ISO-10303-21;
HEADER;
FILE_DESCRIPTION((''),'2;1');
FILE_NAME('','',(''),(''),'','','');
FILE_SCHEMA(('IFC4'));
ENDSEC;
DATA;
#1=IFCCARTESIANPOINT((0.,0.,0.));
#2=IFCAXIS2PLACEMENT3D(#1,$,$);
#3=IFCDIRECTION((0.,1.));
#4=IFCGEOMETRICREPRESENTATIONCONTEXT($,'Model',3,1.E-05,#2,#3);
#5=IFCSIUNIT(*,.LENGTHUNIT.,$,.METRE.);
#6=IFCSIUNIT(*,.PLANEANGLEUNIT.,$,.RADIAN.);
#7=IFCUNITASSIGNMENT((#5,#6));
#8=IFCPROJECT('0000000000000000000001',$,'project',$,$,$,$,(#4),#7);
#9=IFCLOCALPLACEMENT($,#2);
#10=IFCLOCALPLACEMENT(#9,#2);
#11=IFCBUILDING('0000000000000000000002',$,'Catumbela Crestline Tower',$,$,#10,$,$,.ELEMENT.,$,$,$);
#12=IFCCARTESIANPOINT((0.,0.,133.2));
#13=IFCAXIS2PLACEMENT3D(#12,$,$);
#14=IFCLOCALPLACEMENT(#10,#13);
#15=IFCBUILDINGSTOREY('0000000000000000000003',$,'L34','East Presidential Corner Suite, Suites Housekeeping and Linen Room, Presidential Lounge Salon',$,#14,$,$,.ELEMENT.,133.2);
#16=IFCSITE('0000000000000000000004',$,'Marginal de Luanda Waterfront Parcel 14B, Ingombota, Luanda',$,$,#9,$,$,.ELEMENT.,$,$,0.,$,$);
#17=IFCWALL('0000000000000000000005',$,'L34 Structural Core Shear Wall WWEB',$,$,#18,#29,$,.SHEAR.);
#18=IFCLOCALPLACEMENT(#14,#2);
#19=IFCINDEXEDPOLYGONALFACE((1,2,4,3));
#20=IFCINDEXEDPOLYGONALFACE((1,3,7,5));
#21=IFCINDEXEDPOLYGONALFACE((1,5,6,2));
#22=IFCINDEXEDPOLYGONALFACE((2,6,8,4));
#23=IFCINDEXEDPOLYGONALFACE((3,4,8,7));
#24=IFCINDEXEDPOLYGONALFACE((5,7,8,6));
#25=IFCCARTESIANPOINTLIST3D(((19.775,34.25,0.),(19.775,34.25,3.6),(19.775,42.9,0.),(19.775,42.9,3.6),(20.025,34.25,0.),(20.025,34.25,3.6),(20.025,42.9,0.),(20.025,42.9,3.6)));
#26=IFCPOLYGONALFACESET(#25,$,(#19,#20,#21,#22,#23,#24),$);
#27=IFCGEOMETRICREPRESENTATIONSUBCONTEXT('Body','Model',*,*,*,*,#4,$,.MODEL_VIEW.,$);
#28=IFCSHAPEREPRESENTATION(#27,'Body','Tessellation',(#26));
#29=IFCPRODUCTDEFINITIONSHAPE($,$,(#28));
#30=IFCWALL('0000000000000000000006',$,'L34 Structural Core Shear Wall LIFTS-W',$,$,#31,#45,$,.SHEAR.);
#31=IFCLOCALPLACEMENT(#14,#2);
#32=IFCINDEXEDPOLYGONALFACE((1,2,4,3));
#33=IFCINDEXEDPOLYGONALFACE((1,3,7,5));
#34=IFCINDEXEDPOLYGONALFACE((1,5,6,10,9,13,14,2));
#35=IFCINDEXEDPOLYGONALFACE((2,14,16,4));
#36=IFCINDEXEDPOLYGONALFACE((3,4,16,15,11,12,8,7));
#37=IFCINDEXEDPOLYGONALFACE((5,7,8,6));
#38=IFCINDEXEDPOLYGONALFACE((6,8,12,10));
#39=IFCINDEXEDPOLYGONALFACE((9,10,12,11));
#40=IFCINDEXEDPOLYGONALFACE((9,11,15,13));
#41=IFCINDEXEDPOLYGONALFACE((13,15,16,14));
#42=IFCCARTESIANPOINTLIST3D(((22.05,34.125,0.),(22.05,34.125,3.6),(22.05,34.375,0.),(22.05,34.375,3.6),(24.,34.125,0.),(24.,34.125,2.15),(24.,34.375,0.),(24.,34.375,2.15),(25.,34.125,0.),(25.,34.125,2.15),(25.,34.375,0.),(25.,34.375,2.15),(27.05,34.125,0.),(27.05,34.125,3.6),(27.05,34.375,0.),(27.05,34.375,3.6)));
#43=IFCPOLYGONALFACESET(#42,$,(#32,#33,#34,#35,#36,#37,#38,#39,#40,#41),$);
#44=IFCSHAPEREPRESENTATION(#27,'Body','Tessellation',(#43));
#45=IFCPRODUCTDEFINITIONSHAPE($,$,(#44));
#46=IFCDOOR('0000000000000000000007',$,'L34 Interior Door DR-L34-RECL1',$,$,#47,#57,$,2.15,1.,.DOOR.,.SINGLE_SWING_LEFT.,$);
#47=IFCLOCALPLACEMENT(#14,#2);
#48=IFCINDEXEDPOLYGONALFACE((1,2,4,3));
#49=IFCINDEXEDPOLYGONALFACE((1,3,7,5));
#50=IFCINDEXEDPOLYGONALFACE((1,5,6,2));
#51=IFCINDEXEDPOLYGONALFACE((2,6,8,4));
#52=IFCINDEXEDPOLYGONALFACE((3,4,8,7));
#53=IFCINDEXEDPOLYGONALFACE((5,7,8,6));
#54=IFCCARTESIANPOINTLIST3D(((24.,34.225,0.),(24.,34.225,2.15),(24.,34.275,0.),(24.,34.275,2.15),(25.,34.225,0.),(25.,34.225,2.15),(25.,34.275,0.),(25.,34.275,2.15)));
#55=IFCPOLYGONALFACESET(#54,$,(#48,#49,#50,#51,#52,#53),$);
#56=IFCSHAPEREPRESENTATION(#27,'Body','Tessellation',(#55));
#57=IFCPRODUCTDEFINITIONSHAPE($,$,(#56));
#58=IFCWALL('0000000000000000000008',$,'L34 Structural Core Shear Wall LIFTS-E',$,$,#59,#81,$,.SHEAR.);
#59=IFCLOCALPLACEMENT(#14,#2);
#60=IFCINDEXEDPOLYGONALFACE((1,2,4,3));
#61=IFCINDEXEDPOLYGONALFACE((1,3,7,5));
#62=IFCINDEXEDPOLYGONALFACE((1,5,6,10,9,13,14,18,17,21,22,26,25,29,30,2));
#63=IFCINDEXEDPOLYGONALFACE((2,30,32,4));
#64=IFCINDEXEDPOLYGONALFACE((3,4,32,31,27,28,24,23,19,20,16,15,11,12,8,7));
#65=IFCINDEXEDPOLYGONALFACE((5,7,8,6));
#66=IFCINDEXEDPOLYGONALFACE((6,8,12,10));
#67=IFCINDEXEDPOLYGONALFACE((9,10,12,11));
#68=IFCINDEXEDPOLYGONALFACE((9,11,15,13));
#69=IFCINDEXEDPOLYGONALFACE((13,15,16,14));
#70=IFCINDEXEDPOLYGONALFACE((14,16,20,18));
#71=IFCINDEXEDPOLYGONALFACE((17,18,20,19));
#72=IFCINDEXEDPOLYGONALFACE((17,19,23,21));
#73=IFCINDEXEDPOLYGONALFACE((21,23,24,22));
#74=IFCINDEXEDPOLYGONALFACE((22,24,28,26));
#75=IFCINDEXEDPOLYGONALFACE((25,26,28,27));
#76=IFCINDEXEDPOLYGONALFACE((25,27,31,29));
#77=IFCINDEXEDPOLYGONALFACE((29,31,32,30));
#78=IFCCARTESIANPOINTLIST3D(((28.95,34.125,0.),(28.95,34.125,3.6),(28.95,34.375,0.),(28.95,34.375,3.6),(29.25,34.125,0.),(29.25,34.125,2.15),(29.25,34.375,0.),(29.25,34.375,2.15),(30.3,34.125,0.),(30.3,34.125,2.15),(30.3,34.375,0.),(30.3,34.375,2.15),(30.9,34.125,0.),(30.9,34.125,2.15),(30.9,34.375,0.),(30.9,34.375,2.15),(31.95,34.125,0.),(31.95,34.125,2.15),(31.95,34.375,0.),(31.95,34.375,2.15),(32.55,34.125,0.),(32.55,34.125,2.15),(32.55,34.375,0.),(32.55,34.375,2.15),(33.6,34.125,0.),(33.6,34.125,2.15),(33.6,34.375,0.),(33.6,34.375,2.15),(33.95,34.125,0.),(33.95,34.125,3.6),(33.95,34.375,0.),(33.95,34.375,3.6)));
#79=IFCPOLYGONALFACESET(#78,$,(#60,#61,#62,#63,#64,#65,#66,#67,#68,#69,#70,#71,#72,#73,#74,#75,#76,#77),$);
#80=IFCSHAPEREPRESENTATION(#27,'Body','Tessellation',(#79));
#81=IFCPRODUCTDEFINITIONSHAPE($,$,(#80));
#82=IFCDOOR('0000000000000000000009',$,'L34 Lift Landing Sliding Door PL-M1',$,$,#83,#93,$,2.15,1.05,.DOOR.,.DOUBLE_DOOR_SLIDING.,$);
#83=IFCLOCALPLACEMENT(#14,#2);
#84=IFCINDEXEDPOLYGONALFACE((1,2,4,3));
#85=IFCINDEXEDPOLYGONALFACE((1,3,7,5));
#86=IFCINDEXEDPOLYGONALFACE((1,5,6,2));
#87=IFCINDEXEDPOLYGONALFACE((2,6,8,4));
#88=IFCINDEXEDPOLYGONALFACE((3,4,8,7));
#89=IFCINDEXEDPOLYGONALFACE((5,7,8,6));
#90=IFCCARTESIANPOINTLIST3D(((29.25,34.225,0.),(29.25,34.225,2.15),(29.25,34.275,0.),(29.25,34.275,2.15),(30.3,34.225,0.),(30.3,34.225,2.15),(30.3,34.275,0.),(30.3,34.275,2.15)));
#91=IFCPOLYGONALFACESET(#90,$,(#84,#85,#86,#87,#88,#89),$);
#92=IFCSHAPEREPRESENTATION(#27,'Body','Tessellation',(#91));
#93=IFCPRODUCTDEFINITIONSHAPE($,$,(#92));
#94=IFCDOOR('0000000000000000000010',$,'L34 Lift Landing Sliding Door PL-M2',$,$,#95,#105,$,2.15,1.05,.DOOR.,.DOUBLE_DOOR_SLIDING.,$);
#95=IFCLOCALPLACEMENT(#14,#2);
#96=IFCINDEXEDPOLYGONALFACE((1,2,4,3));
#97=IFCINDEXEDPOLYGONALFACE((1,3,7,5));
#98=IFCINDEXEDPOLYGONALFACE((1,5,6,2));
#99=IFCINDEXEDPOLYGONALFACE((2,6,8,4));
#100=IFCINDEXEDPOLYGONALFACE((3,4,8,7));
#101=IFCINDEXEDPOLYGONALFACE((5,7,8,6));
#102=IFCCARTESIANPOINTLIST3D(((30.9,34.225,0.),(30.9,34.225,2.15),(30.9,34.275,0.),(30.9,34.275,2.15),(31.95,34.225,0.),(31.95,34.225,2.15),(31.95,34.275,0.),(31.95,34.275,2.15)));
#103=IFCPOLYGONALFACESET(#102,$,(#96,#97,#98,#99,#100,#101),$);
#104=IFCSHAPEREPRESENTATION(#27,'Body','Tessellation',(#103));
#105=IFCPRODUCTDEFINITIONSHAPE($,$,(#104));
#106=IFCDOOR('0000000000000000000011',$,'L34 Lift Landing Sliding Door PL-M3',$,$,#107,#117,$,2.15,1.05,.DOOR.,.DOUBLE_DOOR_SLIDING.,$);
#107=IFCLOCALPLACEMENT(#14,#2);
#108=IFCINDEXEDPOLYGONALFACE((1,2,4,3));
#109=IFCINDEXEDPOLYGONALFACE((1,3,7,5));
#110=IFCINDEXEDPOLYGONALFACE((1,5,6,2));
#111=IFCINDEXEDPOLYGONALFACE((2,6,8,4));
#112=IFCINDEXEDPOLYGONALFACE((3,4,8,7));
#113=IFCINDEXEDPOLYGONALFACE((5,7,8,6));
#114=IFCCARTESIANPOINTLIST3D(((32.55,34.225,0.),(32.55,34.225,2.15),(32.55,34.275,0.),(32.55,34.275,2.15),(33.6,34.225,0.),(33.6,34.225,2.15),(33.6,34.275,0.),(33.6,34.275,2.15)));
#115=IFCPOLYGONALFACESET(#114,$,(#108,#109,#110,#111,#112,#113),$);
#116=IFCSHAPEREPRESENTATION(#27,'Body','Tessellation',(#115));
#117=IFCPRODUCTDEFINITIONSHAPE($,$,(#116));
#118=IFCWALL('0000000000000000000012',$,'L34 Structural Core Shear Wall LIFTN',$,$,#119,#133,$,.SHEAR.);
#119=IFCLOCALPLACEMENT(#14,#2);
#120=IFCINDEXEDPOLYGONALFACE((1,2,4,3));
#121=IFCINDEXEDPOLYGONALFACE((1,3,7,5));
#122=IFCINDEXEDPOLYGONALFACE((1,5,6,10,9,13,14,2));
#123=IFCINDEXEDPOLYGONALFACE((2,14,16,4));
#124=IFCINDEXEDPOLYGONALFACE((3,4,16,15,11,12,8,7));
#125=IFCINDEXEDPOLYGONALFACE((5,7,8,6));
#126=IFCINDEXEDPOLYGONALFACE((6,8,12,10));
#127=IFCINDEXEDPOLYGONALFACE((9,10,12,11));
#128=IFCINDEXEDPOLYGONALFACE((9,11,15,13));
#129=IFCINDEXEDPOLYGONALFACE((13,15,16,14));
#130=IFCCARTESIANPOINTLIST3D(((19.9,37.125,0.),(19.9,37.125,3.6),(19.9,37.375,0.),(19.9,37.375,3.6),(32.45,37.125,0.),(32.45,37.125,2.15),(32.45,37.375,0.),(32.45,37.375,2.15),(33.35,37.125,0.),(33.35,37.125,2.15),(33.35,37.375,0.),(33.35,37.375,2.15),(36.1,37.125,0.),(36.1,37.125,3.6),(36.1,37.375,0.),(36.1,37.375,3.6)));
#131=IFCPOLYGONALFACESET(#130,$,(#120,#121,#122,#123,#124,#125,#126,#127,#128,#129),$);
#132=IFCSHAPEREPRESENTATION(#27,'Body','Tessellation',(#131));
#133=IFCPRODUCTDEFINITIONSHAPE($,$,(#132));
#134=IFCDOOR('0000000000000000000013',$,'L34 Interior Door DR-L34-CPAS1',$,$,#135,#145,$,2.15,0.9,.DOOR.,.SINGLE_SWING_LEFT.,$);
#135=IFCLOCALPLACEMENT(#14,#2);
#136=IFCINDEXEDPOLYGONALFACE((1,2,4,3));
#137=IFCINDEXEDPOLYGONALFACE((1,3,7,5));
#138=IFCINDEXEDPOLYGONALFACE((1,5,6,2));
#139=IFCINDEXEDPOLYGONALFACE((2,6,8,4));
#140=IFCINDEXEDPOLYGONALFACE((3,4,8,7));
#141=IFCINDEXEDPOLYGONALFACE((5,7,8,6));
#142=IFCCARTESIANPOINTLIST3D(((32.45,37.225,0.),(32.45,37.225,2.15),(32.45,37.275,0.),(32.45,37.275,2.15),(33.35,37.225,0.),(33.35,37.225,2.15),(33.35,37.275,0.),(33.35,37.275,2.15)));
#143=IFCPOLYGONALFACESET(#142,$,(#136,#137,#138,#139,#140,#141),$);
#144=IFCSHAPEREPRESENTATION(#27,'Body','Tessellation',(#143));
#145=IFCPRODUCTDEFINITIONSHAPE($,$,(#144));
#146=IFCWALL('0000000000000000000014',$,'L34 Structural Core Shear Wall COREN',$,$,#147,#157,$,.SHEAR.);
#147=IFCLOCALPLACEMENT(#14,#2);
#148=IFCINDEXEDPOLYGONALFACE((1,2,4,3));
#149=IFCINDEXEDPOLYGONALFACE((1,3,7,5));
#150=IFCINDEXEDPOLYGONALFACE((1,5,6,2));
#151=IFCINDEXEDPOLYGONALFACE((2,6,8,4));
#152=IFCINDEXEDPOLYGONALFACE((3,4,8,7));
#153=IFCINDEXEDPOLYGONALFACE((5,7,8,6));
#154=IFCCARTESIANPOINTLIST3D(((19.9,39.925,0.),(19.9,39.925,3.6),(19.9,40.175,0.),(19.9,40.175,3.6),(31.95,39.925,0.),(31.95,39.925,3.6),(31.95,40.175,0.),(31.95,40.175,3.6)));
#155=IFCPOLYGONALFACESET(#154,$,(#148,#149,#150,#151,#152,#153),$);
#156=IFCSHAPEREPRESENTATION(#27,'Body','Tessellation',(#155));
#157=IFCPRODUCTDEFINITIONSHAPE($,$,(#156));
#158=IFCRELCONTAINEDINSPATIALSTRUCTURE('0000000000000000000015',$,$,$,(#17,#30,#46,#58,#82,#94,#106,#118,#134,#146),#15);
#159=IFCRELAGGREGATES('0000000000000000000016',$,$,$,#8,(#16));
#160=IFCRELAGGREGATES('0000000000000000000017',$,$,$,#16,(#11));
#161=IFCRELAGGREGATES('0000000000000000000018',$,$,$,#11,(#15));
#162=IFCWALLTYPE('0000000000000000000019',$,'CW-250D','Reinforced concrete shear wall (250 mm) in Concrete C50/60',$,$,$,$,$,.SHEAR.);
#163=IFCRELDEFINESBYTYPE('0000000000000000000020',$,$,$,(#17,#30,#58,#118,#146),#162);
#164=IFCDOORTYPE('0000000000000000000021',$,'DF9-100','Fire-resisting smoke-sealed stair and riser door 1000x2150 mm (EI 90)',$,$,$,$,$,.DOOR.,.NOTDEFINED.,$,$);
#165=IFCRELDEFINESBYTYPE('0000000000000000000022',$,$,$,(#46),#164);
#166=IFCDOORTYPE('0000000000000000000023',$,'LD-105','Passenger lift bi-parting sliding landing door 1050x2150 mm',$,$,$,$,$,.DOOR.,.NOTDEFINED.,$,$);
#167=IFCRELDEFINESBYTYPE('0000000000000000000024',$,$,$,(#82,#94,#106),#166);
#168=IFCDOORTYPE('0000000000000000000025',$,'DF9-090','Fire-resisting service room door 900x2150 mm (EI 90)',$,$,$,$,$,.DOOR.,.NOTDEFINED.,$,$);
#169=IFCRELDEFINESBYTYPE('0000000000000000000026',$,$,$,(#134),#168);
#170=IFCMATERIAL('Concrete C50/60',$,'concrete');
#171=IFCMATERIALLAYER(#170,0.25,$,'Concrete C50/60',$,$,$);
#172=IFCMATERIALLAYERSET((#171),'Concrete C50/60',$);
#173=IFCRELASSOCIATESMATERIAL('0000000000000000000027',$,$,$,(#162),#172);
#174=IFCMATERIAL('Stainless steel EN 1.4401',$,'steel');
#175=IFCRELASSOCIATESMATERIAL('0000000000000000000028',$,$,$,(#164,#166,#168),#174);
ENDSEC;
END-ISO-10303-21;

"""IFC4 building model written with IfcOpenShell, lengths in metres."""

from ifc_helpers import new_model, si_unit, direction, frame, frame_2d, origin, place, context, subcontext, project, spatial, rectangle, extrude, material, layer, layer_set, type_object, element, fill, save


model = new_model("IFC4")

# Units and contexts
model_context = context("Model", 3, precision=1e-05, world=origin(), true_north=direction((0.0, 1.0)))
body_context = subcontext(model_context, "Body", "Model", "MODEL_VIEW")
ifc_project = project(units=[si_unit("LENGTHUNIT", "METRE"), si_unit("PLANEANGLEUNIT", "RADIAN")], contexts=[model_context])

# Site, building, storey
site_placement = place(None, origin())
site = spatial("IfcSite", under=ifc_project, at=site_placement, Name="Marginal de Luanda Waterfront Parcel 14B, Ingombota, Luanda", CompositionType="ELEMENT", RefElevation=0.0)
building_placement = place(site_placement, origin())
building = spatial("IfcBuilding", under=site, at=building_placement, Name="Catumbela Crestline Tower", CompositionType="ELEMENT")
storey_placement = place(building_placement, frame((0.0, 0.0, 133.2)))
storey = spatial("IfcBuildingStorey", under=building, at=storey_placement, Name="L34", Description="East Presidential Corner Suite, Suites Housekeeping and Linen Room, Presidential Lounge Salon", CompositionType="ELEMENT", Elevation=133.2)

# Wall
ifc_material_1 = material(Name="Concrete C50/60", Category="concrete")
ifc_layer_1 = layer(ifc_material_1, 0.25, Name="Concrete C50/60")
ifc_layer_set_1 = layer_set([ifc_layer_1], Name="Concrete C50/60")
wall_type_1 = type_object("IfcWallType", Name="CW-250D", Description="Reinforced concrete shear wall (250 mm) in Concrete C50/60", PredefinedType="SHEAR", material=ifc_layer_set_1)
wall_1_placement = place(storey_placement, frame((19.9, 34.25, 0.0), z_axis=(0.0, 0.0, 1.0), x_axis=(0.0, 1.0, 0.0)))
element("IfcWall", 1, at=wall_1_placement, inside=storey, type_object=wall_type_1, Name="L34 Structural Core Shear Wall WWEB", PredefinedType="SHEAR", context=body_context, shape_type="SweptSolid", body=[
    extrude(rectangle(XDim=8.65, YDim=0.25, at=frame_2d((4.325, 0.0))), origin(), (0.0, 0.0, 1.0), 3.6),
])

# Wall, opening, door
wall_2_placement = place(storey_placement, frame((22.05, 34.25, 0.0), z_axis=(0.0, 0.0, 1.0), x_axis=(1.0, 0.0, 0.0)))
wall_2 = element("IfcWall", 2, at=wall_2_placement, inside=storey, type_object=wall_type_1, Name="L34 Structural Core Shear Wall LIFTS-W", PredefinedType="SHEAR", context=body_context, shape_type="SweptSolid", body=[
    extrude(rectangle(XDim=5.0, YDim=0.25, at=frame_2d((2.5, 0.0))), origin(), (0.0, 0.0, 1.0), 3.6),
])
opening_1_placement = place(wall_2_placement, frame((1.95, 0.0, 0.0)))
opening_1 = element("IfcOpeningElement", 3, at=opening_1_placement, cuts=wall_2, PredefinedType="OPENING", context=body_context, shape_type="SweptSolid", body=[
    extrude(rectangle(XDim=1.0, YDim=2.15, at=frame_2d((0.5, 1.075))), frame((0.0, 0.135, 0.0), z_axis=(0.0, -1.0, 0.0), x_axis=(1.0, 0.0, 0.0)), (0.0, 0.0, 1.0), 0.27),
])
ifc_material_2 = material(Name="Stainless steel EN 1.4401", Category="steel")
door_type_1 = type_object("IfcDoorType", Name="DF9-100", Description="Fire-resisting smoke-sealed stair and riser door 1000x2150 mm (EI 90)", OperationType="NOTDEFINED", PredefinedType="DOOR", material=ifc_material_2)
door_1_placement = place(opening_1_placement, origin())
door_1 = element("IfcDoor", 4, at=door_1_placement, inside=storey, type_object=door_type_1, Name="L34 Interior Door DR-L34-RECL1", OperationType="SINGLE_SWING_LEFT", OverallHeight=2.15, OverallWidth=1.0, PredefinedType="DOOR", context=body_context, shape_type="SweptSolid", body=[
    extrude(rectangle(XDim=1.0, YDim=2.15, at=frame_2d((0.5, 1.075))), frame((0.0, 0.025, 0.0), z_axis=(0.0, -1.0, 0.0), x_axis=(1.0, 0.0, 0.0)), (0.0, 0.0, 1.0), 0.05),
])
fill(opening_1, door_1)

# Wall, openings, doors
wall_3_placement = place(storey_placement, frame((28.95, 34.25, 0.0), z_axis=(0.0, 0.0, 1.0), x_axis=(1.0, 0.0, 0.0)))
wall_3 = element("IfcWall", 5, at=wall_3_placement, inside=storey, type_object=wall_type_1, Name="L34 Structural Core Shear Wall LIFTS-E", PredefinedType="SHEAR", context=body_context, shape_type="SweptSolid", body=[
    extrude(rectangle(XDim=5.0, YDim=0.25, at=frame_2d((2.5, 0.0))), origin(), (0.0, 0.0, 1.0), 3.6),
])
opening_2_placement = place(wall_3_placement, frame((0.3, 0.0, 0.0)))
opening_2 = element("IfcOpeningElement", 6, at=opening_2_placement, cuts=wall_3, PredefinedType="OPENING", context=body_context, shape_type="SweptSolid", body=[
    extrude(rectangle(XDim=1.05, YDim=2.15, at=frame_2d((0.525, 1.075))), frame((0.0, 0.135, 0.0), z_axis=(0.0, -1.0, 0.0), x_axis=(1.0, 0.0, 0.0)), (0.0, 0.0, 1.0), 0.27),
])
opening_3_placement = place(wall_3_placement, frame((1.95, 0.0, 0.0)))
opening_3 = element("IfcOpeningElement", 7, at=opening_3_placement, cuts=wall_3, PredefinedType="OPENING", context=body_context, shape_type="SweptSolid", body=[
    extrude(rectangle(XDim=1.05, YDim=2.15, at=frame_2d((0.525, 1.075))), frame((0.0, 0.135, 0.0), z_axis=(0.0, -1.0, 0.0), x_axis=(1.0, 0.0, 0.0)), (0.0, 0.0, 1.0), 0.27),
])
opening_4_placement = place(wall_3_placement, frame((3.6, 0.0, 0.0)))
opening_4 = element("IfcOpeningElement", 8, at=opening_4_placement, cuts=wall_3, PredefinedType="OPENING", context=body_context, shape_type="SweptSolid", body=[
    extrude(rectangle(XDim=1.05, YDim=2.15, at=frame_2d((0.525, 1.075))), frame((0.0, 0.135, 0.0), z_axis=(0.0, -1.0, 0.0), x_axis=(1.0, 0.0, 0.0)), (0.0, 0.0, 1.0), 0.27),
])
door_type_2 = type_object("IfcDoorType", Name="LD-105", Description="Passenger lift bi-parting sliding landing door 1050x2150 mm", OperationType="NOTDEFINED", PredefinedType="DOOR", material=ifc_material_2)
door_2_placement = place(opening_2_placement, origin())
door_2 = element("IfcDoor", 9, at=door_2_placement, inside=storey, type_object=door_type_2, Name="L34 Lift Landing Sliding Door PL-M1", OperationType="DOUBLE_DOOR_SLIDING", OverallHeight=2.15, OverallWidth=1.05, PredefinedType="DOOR", context=body_context, shape_type="SweptSolid", body=[
    extrude(rectangle(XDim=1.05, YDim=2.15, at=frame_2d((0.525, 1.075))), frame((0.0, 0.025, 0.0), z_axis=(0.0, -1.0, 0.0), x_axis=(1.0, 0.0, 0.0)), (0.0, 0.0, 1.0), 0.05),
])
fill(opening_2, door_2)
door_3_placement = place(opening_3_placement, origin())
door_3 = element("IfcDoor", 10, at=door_3_placement, inside=storey, type_object=door_type_2, Name="L34 Lift Landing Sliding Door PL-M2", OperationType="DOUBLE_DOOR_SLIDING", OverallHeight=2.15, OverallWidth=1.05, PredefinedType="DOOR", context=body_context, shape_type="SweptSolid", body=[
    extrude(rectangle(XDim=1.05, YDim=2.15, at=frame_2d((0.525, 1.075))), frame((0.0, 0.025, 0.0), z_axis=(0.0, -1.0, 0.0), x_axis=(1.0, 0.0, 0.0)), (0.0, 0.0, 1.0), 0.05),
])
fill(opening_3, door_3)
door_4_placement = place(opening_4_placement, origin())
door_4 = element("IfcDoor", 11, at=door_4_placement, inside=storey, type_object=door_type_2, Name="L34 Lift Landing Sliding Door PL-M3", OperationType="DOUBLE_DOOR_SLIDING", OverallHeight=2.15, OverallWidth=1.05, PredefinedType="DOOR", context=body_context, shape_type="SweptSolid", body=[
    extrude(rectangle(XDim=1.05, YDim=2.15, at=frame_2d((0.525, 1.075))), frame((0.0, 0.025, 0.0), z_axis=(0.0, -1.0, 0.0), x_axis=(1.0, 0.0, 0.0)), (0.0, 0.0, 1.0), 0.05),
])
fill(opening_4, door_4)

# Wall, opening, door
wall_4_placement = place(storey_placement, frame((19.9, 37.25, 0.0), z_axis=(0.0, 0.0, 1.0), x_axis=(1.0, 0.0, 0.0)))
wall_4 = element("IfcWall", 12, at=wall_4_placement, inside=storey, type_object=wall_type_1, Name="L34 Structural Core Shear Wall LIFTN", PredefinedType="SHEAR", context=body_context, shape_type="SweptSolid", body=[
    extrude(rectangle(XDim=16.2, YDim=0.25, at=frame_2d((8.1, 0.0))), origin(), (0.0, 0.0, 1.0), 3.6),
])
opening_5_placement = place(wall_4_placement, frame((12.55, 0.0, 0.0)))
opening_5 = element("IfcOpeningElement", 13, at=opening_5_placement, cuts=wall_4, PredefinedType="OPENING", context=body_context, shape_type="SweptSolid", body=[
    extrude(rectangle(XDim=0.9, YDim=2.15, at=frame_2d((0.45, 1.075))), frame((0.0, 0.135, 0.0), z_axis=(0.0, -1.0, 0.0), x_axis=(1.0, 0.0, 0.0)), (0.0, 0.0, 1.0), 0.27),
])
door_type_3 = type_object("IfcDoorType", Name="DF9-090", Description="Fire-resisting service room door 900x2150 mm (EI 90)", OperationType="NOTDEFINED", PredefinedType="DOOR", material=ifc_material_2)
door_5_placement = place(opening_5_placement, origin())
door_5 = element("IfcDoor", 14, at=door_5_placement, inside=storey, type_object=door_type_3, Name="L34 Interior Door DR-L34-CPAS1", OperationType="SINGLE_SWING_LEFT", OverallHeight=2.15, OverallWidth=0.9, PredefinedType="DOOR", context=body_context, shape_type="SweptSolid", body=[
    extrude(rectangle(XDim=0.9, YDim=2.15, at=frame_2d((0.45, 1.075))), frame((0.0, 0.025, 0.0), z_axis=(0.0, -1.0, 0.0), x_axis=(1.0, 0.0, 0.0)), (0.0, 0.0, 1.0), 0.05),
])
fill(opening_5, door_5)

# Wall
wall_5_placement = place(storey_placement, frame((19.9, 40.05, 0.0), z_axis=(0.0, 0.0, 1.0), x_axis=(1.0, 0.0, 0.0)))
element("IfcWall", 15, at=wall_5_placement, inside=storey, type_object=wall_type_1, Name="L34 Structural Core Shear Wall COREN", PredefinedType="SHEAR", context=body_context, shape_type="SweptSolid", body=[
    extrude(rectangle(XDim=12.05, YDim=0.25, at=frame_2d((6.025, 0.0))), origin(), (0.0, 0.0, 1.0), 3.6),
])

save(model, "model.ifc")
